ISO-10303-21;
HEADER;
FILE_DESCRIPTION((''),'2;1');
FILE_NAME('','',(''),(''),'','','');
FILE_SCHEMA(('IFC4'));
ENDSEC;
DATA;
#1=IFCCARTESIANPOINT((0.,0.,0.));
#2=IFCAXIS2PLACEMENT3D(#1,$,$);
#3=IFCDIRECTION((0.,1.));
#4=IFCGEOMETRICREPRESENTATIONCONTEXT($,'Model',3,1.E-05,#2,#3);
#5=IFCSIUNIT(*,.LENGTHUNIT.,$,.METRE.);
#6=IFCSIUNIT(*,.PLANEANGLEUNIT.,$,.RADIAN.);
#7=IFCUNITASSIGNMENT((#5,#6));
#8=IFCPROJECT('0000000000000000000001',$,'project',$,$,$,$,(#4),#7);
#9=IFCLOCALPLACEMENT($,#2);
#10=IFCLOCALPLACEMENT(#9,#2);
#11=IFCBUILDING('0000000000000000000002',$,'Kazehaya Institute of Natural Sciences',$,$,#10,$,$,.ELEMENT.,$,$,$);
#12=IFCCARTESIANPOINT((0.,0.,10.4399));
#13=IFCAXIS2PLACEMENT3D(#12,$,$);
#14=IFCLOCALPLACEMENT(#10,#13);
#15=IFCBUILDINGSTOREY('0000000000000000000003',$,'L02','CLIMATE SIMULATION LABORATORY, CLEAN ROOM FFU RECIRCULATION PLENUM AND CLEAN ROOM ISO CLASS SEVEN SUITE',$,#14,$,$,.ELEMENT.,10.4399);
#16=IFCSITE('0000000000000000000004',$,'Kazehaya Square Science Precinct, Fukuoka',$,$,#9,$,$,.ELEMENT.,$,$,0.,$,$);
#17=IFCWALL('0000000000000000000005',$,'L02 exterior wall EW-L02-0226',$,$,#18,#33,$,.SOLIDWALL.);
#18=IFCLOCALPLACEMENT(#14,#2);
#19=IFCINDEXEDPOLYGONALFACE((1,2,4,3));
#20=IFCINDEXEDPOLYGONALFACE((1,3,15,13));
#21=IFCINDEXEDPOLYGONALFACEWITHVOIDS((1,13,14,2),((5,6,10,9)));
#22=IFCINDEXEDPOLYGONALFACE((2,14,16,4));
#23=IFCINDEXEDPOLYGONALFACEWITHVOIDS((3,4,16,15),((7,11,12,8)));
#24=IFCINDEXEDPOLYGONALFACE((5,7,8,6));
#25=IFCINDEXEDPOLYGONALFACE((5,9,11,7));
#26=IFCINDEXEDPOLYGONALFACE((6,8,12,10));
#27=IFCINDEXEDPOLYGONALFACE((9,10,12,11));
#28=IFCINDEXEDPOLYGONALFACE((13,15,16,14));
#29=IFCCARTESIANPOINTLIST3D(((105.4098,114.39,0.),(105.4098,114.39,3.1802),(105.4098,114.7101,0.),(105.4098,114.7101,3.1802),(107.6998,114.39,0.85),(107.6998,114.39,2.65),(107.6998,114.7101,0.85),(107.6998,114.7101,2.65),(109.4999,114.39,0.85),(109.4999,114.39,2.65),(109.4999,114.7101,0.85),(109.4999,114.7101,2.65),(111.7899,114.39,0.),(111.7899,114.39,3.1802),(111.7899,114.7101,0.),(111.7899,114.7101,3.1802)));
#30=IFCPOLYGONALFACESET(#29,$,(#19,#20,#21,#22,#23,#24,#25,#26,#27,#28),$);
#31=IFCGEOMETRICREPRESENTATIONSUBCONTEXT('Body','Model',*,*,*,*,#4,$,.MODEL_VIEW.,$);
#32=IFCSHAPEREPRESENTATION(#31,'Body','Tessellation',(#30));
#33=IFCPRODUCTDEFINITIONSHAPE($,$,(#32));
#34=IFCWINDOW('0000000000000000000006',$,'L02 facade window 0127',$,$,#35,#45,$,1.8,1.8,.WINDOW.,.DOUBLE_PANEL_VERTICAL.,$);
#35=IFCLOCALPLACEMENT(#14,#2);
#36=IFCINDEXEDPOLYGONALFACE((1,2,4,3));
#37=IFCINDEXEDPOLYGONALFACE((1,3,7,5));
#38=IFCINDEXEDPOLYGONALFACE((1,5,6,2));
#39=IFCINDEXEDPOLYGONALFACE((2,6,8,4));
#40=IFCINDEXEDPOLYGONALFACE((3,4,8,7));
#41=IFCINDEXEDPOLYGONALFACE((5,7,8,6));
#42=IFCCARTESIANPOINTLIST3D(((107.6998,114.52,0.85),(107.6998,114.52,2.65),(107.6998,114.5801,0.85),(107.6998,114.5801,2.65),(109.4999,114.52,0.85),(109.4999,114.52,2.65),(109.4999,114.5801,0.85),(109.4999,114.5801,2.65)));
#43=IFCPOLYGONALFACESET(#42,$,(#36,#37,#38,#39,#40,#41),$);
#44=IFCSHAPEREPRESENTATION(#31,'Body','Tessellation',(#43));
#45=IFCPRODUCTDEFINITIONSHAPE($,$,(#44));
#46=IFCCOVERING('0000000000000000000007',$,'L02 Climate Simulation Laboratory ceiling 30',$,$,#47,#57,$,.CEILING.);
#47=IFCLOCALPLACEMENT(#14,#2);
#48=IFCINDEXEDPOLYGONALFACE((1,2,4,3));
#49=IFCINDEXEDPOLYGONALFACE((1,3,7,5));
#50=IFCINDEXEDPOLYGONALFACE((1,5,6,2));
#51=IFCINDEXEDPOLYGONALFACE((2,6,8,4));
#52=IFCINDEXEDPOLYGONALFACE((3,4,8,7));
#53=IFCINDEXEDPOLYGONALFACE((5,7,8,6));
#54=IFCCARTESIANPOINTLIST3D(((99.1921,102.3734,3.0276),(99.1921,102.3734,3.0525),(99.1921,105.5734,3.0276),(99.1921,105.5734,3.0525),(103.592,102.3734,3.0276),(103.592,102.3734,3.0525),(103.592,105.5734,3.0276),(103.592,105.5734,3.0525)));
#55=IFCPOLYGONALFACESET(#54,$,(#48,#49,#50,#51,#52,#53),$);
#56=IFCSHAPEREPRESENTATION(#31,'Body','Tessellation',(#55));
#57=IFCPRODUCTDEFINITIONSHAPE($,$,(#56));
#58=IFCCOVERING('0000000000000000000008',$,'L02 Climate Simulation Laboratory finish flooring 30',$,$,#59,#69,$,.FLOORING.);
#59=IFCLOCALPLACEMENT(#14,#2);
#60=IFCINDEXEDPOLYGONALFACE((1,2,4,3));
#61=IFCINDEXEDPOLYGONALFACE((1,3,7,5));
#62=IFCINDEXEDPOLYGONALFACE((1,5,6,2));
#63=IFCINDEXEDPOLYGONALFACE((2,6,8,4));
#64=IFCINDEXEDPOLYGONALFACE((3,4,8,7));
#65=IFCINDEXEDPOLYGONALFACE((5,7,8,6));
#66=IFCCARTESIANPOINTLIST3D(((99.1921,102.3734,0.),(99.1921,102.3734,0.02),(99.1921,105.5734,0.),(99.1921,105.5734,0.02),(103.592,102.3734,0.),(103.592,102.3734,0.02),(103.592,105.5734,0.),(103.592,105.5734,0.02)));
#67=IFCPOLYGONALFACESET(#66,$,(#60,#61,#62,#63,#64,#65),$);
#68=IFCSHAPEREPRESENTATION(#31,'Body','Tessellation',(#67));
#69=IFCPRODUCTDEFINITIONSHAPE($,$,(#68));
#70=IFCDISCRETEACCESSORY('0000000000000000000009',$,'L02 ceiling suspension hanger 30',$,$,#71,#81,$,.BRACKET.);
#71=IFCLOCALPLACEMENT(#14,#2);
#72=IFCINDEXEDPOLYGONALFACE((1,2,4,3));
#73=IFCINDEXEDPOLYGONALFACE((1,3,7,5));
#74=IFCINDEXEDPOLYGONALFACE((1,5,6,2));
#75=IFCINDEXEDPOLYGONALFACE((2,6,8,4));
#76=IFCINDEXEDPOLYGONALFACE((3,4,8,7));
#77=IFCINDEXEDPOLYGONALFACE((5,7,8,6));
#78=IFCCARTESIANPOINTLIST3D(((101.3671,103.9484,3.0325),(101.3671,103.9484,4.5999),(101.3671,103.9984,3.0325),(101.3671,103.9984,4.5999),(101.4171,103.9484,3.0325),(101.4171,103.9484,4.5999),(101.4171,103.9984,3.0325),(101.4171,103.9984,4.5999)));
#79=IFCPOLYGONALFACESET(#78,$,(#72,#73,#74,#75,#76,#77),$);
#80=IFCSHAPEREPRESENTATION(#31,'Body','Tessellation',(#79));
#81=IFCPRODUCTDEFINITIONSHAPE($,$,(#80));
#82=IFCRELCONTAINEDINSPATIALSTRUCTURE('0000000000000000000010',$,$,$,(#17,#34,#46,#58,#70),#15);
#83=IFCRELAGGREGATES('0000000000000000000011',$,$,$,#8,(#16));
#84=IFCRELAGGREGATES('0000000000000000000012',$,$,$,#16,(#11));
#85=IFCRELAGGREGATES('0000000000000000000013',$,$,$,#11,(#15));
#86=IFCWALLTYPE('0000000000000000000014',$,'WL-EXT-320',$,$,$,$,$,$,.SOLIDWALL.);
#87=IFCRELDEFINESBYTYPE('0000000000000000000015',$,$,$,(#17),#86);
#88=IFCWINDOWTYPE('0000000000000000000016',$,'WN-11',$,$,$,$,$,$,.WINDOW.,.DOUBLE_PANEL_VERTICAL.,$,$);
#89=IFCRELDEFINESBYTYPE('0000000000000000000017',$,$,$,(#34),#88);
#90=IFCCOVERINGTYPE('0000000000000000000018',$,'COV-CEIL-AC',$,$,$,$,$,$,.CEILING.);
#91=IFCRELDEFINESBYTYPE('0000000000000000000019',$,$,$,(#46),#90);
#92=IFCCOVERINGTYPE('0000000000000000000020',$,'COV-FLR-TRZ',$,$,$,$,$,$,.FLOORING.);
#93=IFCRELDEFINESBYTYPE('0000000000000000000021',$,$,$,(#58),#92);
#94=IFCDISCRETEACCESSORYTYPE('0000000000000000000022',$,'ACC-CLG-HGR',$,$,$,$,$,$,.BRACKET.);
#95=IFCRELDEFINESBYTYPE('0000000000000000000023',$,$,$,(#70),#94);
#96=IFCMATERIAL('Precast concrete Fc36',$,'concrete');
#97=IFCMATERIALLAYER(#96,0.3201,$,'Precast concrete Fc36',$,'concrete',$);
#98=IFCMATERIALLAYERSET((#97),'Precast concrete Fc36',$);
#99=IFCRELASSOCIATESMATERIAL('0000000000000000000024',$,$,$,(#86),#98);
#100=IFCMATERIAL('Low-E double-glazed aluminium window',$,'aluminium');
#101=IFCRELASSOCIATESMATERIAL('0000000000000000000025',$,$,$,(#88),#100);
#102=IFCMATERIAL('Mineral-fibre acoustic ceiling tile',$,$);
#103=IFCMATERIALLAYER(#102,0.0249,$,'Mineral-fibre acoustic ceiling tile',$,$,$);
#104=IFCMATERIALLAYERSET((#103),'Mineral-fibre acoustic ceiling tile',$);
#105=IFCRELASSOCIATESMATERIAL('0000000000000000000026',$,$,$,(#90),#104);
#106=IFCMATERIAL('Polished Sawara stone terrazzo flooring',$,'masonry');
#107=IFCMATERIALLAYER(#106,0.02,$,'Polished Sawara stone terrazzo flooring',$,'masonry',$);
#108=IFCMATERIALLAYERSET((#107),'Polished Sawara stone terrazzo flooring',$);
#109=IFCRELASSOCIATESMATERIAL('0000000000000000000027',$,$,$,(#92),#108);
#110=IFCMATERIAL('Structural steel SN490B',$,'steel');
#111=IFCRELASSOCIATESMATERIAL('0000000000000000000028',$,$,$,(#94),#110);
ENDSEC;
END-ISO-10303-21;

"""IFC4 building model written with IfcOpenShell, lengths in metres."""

from ifc_helpers import new_model, si_unit, direction, frame, frame_2d, origin, origin_2d, place, context, subcontext, project, spatial, rectangle, extrude, material, layer, layer_set, type_object, element, fill, save


model = new_model("IFC4")

# Units and contexts
model_context = context("Model", 3, precision=1e-05, world=origin(), true_north=direction((0.0, 1.0)))
body_context = subcontext(model_context, "Body", "Model", "MODEL_VIEW")
ifc_project = project(units=[si_unit("LENGTHUNIT", "METRE"), si_unit("PLANEANGLEUNIT", "RADIAN")], contexts=[model_context])

# Site, building, storey
site_placement = place(None, origin())
site = spatial("IfcSite", under=ifc_project, at=site_placement, Name="Kazehaya Square Science Precinct, Fukuoka", CompositionType="ELEMENT", RefElevation=0.0)
building_placement = place(site_placement, origin())
building = spatial("IfcBuilding", under=site, at=building_placement, Name="Kazehaya Institute of Natural Sciences", CompositionType="ELEMENT")
storey_placement = place(building_placement, frame((0.0, 0.0, 10.4399)))
storey = spatial("IfcBuildingStorey", under=building, at=storey_placement, Name="L02", Description="CLIMATE SIMULATION LABORATORY, CLEAN ROOM FFU RECIRCULATION PLENUM AND CLEAN ROOM ISO CLASS SEVEN SUITE", CompositionType="ELEMENT", Elevation=10.4399)

# Wall, opening, window
ifc_material_1 = material(Name="Precast concrete Fc36", Category="concrete")
ifc_layer_1 = layer(ifc_material_1, 0.3201, Name="Precast concrete Fc36", Category="concrete")
ifc_layer_set_1 = layer_set([ifc_layer_1], Name="Precast concrete Fc36")
wall_type = type_object("IfcWallType", Name="WL-EXT-320", PredefinedType="SOLIDWALL", material=ifc_layer_set_1)
ifc_material_2 = material(Name="Low-E double-glazed aluminium window", Category="aluminium")
wall_1_placement = place(storey_placement, frame((105.4099, 114.55, 0.0), z_axis=(0.0, 0.0, 1.0), x_axis=(1.0, 0.0, 0.0)))
wall_1 = element("IfcWall", 1, at=wall_1_placement, inside=storey, type_object=wall_type, Name="L02 exterior wall EW-L02-0226", PredefinedType="SOLIDWALL", context=body_context, shape_type="SweptSolid", body=[
    extrude(rectangle(XDim=6.3801, YDim=0.3201, at=frame_2d((3.1899, 0.0))), origin(), (0.0, 0.0, 1.0), 3.1802),
])
opening_1_placement = place(wall_1_placement, frame((2.29, 0.0, 0.8501)))
opening_1 = element("IfcOpeningElement", 2, at=opening_1_placement, cuts=wall_1, PredefinedType="OPENING", context=body_context, shape_type="SweptSolid", body=[
    extrude(rectangle(XDim=1.8, YDim=1.8, at=frame_2d((0.8999, 0.8999))), frame((0.0, 0.1699, 0.0), z_axis=(0.0, -1.0, 0.0), x_axis=(1.0, 0.0, 0.0)), (0.0, 0.0, 1.0), 0.3401),
])
window_type_1 = type_object("IfcWindowType", Name="WN-11", PartitioningType="DOUBLE_PANEL_VERTICAL", PredefinedType="WINDOW", material=ifc_material_2)
window_1_placement = place(opening_1_placement, origin())
window_1 = element("IfcWindow", 3, at=window_1_placement, inside=storey, type_object=window_type_1, Name="L02 facade window 0127", OverallHeight=1.8, OverallWidth=1.8, PartitioningType="DOUBLE_PANEL_VERTICAL", PredefinedType="WINDOW", context=body_context, shape_type="SweptSolid", body=[
    extrude(rectangle(XDim=1.8, YDim=1.8, at=frame_2d((0.8999, 0.8999))), frame((0.0, 0.03, 0.0), z_axis=(0.0, -1.0, 0.0), x_axis=(1.0, 0.0, 0.0)), (0.0, 0.0, 1.0), 0.0601),
])
fill(opening_1, window_1)

# Coverings
ifc_material_3 = material(Name="Mineral-fibre acoustic ceiling tile")
ifc_layer_2 = layer(ifc_material_3, 0.0249, Name="Mineral-fibre acoustic ceiling tile")
ifc_layer_set_2 = layer_set([ifc_layer_2], Name="Mineral-fibre acoustic ceiling tile")
covering_type_1 = type_object("IfcCoveringType", Name="COV-CEIL-AC", PredefinedType="CEILING", material=ifc_layer_set_2)
covering_1_placement = place(storey_placement, frame((101.3921, 103.9734, 3.0276), z_axis=(0.0, 0.0, 1.0), x_axis=(1.0, 0.0, 0.0)))
element("IfcCovering", 4, at=covering_1_placement, inside=storey, type_object=covering_type_1, Name="L02 Climate Simulation Laboratory ceiling 30", PredefinedType="CEILING", context=body_context, shape_type="SweptSolid", body=[
    extrude(rectangle(XDim=4.3999, YDim=3.2, at=origin_2d()), origin(), (0.0, 0.0, 1.0), 0.0249),
])
ifc_material_4 = material(Name="Polished Sawara stone terrazzo flooring", Category="masonry")
ifc_layer_3 = layer(ifc_material_4, 0.02, Name="Polished Sawara stone terrazzo flooring", Category="masonry")
ifc_layer_set_3 = layer_set([ifc_layer_3], Name="Polished Sawara stone terrazzo flooring")
covering_type_2 = type_object("IfcCoveringType", Name="COV-FLR-TRZ", PredefinedType="FLOORING", material=ifc_layer_set_3)
covering_2_placement = place(storey_placement, frame((101.3921, 103.9734, 0.0), z_axis=(0.0, 0.0, 1.0), x_axis=(1.0, 0.0, 0.0)))
element("IfcCovering", 5, at=covering_2_placement, inside=storey, type_object=covering_type_2, Name="L02 Climate Simulation Laboratory finish flooring 30", PredefinedType="FLOORING", context=body_context, shape_type="SweptSolid", body=[
    extrude(rectangle(XDim=4.3999, YDim=3.2, at=origin_2d()), origin(), (0.0, 0.0, 1.0), 0.02),
])

# Discrete accessory
ifc_material_5 = material(Name="Structural steel SN490B", Category="steel")
discrete_accessory_type = type_object("IfcDiscreteAccessoryType", Name="ACC-CLG-HGR", PredefinedType="BRACKET", material=ifc_material_5)
discrete_accessory_placement = place(storey_placement, frame((101.3921, 103.9734, 3.0325), z_axis=(0.0, 0.0, 1.0), x_axis=(1.0, 0.0, 0.0)))
element("IfcDiscreteAccessory", 6, at=discrete_accessory_placement, inside=storey, type_object=discrete_accessory_type, Name="L02 ceiling suspension hanger 30", PredefinedType="BRACKET", context=body_context, shape_type="SweptSolid", body=[
    extrude(rectangle(XDim=0.05, YDim=0.05, at=origin_2d()), origin(), (0.0, 0.0, 1.0), 1.5674),
])

save(model, "model.ifc")
